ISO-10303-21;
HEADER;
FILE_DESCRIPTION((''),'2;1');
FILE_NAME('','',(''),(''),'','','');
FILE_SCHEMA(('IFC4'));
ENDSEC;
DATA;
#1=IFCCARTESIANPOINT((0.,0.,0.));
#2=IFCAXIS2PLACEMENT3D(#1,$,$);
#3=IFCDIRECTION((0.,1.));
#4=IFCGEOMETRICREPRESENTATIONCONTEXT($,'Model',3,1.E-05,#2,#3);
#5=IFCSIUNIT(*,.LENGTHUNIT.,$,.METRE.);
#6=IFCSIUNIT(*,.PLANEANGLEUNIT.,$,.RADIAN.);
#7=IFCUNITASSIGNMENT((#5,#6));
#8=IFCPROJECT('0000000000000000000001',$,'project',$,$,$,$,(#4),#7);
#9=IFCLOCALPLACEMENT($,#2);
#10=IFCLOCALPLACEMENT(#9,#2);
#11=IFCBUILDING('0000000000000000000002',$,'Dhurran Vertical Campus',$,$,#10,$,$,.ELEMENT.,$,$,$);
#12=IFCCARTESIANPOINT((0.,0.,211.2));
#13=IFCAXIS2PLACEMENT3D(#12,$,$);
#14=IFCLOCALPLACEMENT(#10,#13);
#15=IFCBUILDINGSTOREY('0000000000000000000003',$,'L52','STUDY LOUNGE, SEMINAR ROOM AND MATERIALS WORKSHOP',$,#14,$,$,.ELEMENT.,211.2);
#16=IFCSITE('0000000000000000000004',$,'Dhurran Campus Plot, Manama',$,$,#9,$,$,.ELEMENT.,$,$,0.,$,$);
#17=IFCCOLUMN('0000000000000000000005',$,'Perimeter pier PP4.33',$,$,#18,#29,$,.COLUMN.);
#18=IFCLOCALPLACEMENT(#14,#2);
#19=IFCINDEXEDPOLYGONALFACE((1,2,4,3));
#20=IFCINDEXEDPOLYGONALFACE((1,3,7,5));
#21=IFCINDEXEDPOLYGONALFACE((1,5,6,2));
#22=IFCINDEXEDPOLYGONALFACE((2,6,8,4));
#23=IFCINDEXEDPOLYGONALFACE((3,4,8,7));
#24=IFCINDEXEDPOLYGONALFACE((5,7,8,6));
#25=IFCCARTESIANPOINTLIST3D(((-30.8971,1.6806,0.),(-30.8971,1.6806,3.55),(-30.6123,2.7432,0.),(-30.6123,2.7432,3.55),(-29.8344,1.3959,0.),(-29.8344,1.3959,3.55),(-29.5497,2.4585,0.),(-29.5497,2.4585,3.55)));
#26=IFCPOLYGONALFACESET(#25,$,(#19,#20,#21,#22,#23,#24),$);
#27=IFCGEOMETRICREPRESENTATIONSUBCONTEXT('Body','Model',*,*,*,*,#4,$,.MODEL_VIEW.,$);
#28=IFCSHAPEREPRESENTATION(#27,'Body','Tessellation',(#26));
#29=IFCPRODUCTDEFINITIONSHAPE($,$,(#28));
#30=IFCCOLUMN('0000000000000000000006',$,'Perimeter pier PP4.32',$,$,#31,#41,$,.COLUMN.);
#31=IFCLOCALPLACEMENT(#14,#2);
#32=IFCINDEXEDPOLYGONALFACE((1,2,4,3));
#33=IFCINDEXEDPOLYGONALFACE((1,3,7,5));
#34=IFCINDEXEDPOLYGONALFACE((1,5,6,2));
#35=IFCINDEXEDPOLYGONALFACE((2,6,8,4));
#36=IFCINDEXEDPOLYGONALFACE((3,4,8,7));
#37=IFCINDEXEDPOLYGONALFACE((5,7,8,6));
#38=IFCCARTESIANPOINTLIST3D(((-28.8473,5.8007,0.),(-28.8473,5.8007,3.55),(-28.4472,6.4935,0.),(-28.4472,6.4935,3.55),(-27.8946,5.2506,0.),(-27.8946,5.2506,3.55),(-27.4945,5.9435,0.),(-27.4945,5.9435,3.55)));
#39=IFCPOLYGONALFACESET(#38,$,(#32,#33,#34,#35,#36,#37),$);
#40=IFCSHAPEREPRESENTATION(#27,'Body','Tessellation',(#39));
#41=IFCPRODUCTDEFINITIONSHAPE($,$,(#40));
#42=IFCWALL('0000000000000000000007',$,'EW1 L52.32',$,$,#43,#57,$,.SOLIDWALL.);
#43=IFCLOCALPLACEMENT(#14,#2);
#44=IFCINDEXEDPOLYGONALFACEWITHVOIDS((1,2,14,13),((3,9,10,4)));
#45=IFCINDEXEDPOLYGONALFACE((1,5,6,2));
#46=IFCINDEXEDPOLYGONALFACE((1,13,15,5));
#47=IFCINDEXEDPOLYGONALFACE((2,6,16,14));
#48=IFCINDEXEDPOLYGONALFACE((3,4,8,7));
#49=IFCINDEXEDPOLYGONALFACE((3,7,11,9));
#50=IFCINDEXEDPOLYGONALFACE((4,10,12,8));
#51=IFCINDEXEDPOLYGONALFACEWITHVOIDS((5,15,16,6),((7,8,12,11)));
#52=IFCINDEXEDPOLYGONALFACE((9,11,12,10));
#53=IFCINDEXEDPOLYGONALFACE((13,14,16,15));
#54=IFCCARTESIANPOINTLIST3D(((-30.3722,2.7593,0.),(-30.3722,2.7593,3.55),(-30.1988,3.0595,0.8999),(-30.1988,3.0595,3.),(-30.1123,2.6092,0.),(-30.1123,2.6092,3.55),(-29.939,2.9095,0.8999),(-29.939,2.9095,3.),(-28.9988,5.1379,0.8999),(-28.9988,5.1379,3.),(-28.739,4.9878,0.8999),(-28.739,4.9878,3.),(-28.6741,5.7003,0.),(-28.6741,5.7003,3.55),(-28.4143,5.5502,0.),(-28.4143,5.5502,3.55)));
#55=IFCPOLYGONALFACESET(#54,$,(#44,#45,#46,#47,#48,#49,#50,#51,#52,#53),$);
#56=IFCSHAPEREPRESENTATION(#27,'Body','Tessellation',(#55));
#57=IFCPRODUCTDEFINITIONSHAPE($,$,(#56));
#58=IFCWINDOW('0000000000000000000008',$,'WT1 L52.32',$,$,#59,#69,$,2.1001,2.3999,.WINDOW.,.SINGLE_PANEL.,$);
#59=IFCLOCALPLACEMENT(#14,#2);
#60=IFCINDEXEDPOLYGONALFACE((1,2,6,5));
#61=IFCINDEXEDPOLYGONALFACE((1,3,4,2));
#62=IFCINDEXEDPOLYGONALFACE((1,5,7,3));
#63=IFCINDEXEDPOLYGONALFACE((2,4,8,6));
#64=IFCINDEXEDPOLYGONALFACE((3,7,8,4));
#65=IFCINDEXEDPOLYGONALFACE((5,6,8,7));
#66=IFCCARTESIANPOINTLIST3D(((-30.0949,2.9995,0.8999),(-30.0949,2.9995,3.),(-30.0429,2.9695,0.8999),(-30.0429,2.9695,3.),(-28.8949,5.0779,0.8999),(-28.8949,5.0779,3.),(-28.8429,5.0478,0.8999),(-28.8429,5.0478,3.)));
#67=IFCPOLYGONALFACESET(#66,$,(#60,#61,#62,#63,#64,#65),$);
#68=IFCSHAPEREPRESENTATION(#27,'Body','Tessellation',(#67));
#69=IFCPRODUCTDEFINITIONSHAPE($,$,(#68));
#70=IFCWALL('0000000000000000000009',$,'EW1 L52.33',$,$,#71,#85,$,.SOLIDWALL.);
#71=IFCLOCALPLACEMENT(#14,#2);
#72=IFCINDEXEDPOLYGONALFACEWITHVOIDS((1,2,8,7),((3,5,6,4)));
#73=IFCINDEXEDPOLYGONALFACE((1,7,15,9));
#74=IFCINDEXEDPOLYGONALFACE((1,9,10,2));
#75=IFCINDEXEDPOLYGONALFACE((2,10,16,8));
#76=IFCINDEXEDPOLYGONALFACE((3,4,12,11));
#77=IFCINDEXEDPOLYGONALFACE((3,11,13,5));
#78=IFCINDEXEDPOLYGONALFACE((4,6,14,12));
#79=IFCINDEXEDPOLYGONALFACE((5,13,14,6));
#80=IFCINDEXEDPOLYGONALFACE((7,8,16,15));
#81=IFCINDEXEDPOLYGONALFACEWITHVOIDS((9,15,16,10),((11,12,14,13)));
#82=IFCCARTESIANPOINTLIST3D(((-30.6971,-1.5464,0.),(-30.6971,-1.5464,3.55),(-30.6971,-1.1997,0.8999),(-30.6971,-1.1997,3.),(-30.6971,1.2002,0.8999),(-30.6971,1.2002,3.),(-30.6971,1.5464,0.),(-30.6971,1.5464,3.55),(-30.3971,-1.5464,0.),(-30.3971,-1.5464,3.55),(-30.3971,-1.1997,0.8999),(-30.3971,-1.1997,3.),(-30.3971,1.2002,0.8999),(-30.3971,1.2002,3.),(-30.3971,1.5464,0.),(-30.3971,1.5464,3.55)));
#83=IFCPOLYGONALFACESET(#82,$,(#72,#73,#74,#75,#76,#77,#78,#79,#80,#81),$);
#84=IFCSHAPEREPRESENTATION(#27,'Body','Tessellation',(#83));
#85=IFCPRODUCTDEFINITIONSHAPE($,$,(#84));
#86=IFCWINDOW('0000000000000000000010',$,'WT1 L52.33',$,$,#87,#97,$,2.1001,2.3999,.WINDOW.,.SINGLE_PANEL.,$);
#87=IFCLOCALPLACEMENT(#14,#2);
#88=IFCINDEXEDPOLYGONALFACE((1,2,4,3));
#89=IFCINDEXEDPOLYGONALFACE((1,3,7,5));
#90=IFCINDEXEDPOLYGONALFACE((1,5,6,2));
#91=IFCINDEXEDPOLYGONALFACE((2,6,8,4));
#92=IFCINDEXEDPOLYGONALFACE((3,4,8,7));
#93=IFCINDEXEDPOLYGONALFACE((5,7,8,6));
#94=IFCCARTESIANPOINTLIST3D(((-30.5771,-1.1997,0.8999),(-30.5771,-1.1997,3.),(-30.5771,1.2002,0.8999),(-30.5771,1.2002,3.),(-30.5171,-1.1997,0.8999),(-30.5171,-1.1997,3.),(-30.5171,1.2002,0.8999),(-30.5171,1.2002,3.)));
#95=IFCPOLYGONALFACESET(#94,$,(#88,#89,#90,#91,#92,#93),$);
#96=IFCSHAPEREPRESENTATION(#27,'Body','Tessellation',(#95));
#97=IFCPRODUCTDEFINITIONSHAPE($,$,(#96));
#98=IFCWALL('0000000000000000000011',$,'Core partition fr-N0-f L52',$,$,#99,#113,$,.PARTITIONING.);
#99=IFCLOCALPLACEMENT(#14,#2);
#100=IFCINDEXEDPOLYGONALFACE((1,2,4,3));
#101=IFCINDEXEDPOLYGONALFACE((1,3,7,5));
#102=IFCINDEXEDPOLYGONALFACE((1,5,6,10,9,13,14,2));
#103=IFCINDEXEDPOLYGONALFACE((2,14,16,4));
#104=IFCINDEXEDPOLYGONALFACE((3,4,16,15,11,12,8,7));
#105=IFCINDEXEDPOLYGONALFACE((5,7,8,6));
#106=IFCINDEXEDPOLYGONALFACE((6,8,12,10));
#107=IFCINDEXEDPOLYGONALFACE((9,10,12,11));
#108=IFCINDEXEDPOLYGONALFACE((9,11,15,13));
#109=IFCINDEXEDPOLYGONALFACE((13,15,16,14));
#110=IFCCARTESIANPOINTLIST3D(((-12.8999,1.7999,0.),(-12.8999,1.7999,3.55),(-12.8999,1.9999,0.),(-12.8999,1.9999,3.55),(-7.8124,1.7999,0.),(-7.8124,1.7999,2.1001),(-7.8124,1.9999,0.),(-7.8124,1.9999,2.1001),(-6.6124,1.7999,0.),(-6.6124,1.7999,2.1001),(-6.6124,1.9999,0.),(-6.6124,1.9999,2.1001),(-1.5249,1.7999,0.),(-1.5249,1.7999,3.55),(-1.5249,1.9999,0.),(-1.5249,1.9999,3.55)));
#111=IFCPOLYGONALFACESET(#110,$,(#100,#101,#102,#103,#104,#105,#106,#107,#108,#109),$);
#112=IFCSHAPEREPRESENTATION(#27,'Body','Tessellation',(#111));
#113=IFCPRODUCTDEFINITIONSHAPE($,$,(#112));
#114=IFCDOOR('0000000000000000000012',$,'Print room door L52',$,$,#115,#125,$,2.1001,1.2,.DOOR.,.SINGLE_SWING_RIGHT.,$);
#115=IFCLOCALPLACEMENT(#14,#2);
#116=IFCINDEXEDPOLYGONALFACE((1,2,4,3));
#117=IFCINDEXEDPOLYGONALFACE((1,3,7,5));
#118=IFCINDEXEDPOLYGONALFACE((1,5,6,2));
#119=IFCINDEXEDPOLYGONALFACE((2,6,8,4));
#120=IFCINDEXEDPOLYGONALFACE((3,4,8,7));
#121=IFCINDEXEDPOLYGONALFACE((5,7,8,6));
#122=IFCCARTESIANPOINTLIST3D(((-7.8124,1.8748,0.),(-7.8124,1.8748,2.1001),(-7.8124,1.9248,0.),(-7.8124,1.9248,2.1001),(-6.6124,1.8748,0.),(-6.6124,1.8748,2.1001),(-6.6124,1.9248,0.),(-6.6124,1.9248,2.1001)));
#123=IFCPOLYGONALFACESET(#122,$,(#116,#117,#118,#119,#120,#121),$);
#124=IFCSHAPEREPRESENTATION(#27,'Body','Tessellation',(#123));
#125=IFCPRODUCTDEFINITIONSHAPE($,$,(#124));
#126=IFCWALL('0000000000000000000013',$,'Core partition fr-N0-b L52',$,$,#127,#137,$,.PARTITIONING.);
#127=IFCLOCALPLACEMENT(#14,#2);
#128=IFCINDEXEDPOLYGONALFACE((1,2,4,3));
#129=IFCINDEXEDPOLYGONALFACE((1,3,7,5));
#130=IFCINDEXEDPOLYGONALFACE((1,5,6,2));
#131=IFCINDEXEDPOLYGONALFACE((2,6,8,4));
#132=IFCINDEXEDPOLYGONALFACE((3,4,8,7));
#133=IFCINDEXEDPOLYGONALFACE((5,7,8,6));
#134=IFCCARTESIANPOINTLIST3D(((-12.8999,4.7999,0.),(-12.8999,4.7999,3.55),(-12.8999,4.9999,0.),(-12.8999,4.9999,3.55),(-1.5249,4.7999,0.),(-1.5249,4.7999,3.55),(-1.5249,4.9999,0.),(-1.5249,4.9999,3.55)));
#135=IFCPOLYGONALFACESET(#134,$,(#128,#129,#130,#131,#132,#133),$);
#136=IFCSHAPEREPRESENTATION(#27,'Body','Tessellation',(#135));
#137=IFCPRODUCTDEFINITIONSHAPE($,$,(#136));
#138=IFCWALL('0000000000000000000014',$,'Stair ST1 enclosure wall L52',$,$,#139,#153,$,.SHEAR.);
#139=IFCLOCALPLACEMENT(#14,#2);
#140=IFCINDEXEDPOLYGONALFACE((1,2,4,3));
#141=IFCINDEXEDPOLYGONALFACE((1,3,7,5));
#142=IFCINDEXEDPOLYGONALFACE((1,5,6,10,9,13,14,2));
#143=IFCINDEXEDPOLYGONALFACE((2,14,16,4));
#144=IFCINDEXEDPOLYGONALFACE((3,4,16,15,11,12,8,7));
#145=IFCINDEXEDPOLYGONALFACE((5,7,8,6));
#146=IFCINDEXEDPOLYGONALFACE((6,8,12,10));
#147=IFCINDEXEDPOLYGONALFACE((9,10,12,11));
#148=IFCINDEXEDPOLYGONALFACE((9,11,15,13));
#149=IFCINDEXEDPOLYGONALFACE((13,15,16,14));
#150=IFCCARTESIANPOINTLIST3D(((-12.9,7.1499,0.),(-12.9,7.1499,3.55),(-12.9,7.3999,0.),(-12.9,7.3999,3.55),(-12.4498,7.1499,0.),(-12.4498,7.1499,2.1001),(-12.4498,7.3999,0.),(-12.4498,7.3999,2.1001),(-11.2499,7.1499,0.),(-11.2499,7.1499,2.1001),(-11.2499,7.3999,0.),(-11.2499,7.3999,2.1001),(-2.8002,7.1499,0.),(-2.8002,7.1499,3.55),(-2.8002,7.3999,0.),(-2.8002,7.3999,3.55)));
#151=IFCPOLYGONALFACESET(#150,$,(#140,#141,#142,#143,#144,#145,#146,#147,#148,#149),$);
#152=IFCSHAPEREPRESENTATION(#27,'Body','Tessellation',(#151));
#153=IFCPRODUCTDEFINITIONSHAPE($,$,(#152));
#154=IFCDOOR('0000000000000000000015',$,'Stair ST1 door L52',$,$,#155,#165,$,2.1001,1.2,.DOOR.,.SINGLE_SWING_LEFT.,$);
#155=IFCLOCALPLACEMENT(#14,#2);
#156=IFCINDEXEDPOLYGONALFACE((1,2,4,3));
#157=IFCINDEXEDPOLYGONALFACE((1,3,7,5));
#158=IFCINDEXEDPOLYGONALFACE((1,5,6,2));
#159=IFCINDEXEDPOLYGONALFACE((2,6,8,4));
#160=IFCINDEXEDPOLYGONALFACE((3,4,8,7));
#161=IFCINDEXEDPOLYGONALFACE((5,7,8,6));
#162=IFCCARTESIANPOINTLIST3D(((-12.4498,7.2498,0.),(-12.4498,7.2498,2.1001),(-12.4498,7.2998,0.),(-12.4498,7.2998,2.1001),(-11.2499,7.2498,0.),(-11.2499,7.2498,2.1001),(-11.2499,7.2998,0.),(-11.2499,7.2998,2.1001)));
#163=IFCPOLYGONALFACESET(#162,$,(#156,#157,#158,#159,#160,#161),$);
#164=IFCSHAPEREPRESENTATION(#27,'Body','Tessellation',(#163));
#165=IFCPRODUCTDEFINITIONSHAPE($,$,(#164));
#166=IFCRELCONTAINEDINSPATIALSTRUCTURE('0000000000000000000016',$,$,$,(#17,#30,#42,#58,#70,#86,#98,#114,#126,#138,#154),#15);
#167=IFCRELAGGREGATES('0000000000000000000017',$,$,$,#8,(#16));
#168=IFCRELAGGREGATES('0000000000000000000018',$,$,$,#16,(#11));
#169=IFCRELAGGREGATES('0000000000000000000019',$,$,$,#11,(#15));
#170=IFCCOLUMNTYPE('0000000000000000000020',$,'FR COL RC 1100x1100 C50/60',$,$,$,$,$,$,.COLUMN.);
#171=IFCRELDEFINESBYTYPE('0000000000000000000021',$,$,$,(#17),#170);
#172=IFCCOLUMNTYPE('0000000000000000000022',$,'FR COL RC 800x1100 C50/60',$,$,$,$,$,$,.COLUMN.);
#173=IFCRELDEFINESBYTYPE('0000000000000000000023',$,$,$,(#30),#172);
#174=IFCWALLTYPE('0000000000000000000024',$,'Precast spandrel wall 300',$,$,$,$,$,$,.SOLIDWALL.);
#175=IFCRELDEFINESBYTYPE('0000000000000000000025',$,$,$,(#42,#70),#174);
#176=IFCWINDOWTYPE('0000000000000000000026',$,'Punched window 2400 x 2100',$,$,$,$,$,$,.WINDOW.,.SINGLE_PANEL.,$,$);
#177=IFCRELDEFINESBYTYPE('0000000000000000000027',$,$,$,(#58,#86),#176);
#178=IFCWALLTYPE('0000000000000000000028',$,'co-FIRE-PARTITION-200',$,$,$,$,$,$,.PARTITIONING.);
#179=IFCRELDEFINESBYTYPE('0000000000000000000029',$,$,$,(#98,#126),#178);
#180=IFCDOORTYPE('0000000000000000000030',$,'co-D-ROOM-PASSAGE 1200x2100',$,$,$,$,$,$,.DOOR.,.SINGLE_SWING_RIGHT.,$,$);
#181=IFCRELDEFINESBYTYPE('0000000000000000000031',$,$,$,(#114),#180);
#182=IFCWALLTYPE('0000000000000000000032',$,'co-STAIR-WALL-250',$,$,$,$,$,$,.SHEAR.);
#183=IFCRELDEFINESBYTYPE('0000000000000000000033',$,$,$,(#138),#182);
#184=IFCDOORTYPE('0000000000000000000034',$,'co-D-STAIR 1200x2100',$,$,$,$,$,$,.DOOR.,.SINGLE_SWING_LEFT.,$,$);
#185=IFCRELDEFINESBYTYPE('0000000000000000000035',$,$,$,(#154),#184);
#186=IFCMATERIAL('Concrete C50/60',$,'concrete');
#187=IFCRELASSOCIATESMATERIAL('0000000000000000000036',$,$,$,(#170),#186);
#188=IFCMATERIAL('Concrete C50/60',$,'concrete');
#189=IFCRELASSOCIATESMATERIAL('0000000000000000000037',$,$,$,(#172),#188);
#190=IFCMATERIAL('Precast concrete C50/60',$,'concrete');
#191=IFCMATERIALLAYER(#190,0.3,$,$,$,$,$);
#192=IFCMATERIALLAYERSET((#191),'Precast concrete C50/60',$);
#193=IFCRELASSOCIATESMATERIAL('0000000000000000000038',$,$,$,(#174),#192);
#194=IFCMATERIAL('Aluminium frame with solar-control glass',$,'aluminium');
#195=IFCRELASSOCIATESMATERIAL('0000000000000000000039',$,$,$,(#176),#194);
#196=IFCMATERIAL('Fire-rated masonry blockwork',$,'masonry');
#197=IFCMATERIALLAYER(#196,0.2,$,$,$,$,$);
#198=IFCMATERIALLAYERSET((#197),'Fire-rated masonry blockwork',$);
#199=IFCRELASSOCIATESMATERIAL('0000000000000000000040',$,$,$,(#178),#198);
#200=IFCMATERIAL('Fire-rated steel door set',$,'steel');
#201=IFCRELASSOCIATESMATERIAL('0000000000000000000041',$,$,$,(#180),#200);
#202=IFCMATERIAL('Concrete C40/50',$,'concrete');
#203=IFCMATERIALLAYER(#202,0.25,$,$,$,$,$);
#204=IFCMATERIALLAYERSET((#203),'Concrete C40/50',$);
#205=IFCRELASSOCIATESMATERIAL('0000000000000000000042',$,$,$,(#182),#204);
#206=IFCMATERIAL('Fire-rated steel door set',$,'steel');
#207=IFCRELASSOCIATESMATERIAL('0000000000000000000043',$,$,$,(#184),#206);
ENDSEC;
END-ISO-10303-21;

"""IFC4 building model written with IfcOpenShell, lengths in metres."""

from ifc_helpers import new_model, si_unit, direction, frame, frame_2d, origin, origin_2d, place, context, subcontext, project, spatial, rectangle, extrude, material, layer, layer_set, material_profile, profile_set, type_object, element, fill, save


model = new_model("IFC4")

# Units and contexts
model_context = context("Model", 3, precision=1e-05, world=origin(), true_north=direction((0.0, 1.0)))
body_context = subcontext(model_context, "Body", "Model", "MODEL_VIEW")
ifc_project = project(units=[si_unit("LENGTHUNIT", "METRE"), si_unit("PLANEANGLEUNIT", "RADIAN")], contexts=[model_context])

# Site, building, storey
site_placement = place(None, origin())
site = spatial("IfcSite", under=ifc_project, at=site_placement, Name="Dhurran Campus Plot, Manama", CompositionType="ELEMENT", RefElevation=0.0)
building_placement = place(site_placement, origin())
building = spatial("IfcBuilding", under=site, at=building_placement, Name="Dhurran Vertical Campus", CompositionType="ELEMENT")
storey_placement = place(building_placement, frame((0.0, 0.0, 211.2)))
storey = spatial("IfcBuildingStorey", under=building, at=storey_placement, Name="L52", Description="STUDY LOUNGE, SEMINAR ROOM AND MATERIALS WORKSHOP", CompositionType="ELEMENT", Elevation=211.2)

# Columns
ifc_material_1 = material(Name="Concrete C50/60", Category="concrete")
ifc_material_profile_1 = material_profile(ifc_material_1, rectangle(XDim=1.1001, YDim=1.1001, at=origin_2d()), Name="RC 1100x1100")
ifc_profile_set_1 = profile_set([ifc_material_profile_1], Name="Concrete C50/60")
column_type_1 = type_object("IfcColumnType", Name="FR COL RC 1100x1100 C50/60", PredefinedType="COLUMN", material=ifc_profile_set_1)
column_1_placement = place(storey_placement, frame((-30.2234, 2.0696, 0.0), z_axis=(0.0, 0.0, 1.0), x_axis=(-0.258819, -0.965926, 0.0)))
element("IfcColumn", 1, at=column_1_placement, inside=storey, type_object=column_type_1, Name="Perimeter pier PP4.33", PredefinedType="COLUMN", context=body_context, shape_type="SweptSolid", body=[
    extrude(rectangle(XDim=1.1001, YDim=1.1001, at=origin_2d()), origin(), (0.0, 0.0, 1.0), 3.55),
])
ifc_material_2 = material(Name="Concrete C50/60", Category="concrete")
ifc_material_profile_2 = material_profile(ifc_material_2, rectangle(XDim=0.8, YDim=1.1001, at=origin_2d()), Name="RC 800x1100")
ifc_profile_set_2 = profile_set([ifc_material_profile_2], Name="Concrete C50/60")
column_type_2 = type_object("IfcColumnType", Name="FR COL RC 800x1100 C50/60", PredefinedType="COLUMN", material=ifc_profile_set_2)
column_2_placement = place(storey_placement, frame((-28.1709, 5.8721, 0.0), z_axis=(0.0, 0.0, 1.0), x_axis=(-0.5, -0.866025, 0.0)))
element("IfcColumn", 2, at=column_2_placement, inside=storey, type_object=column_type_2, Name="Perimeter pier PP4.32", PredefinedType="COLUMN", context=body_context, shape_type="SweptSolid", body=[
    extrude(rectangle(XDim=0.8, YDim=1.1001, at=origin_2d()), origin(), (0.0, 0.0, 1.0), 3.55),
])

# Walls, openings, windows
ifc_material_3 = material(Name="Precast concrete C50/60", Category="concrete")
ifc_layer_1 = layer(ifc_material_3, 0.3)
ifc_layer_set_1 = layer_set([ifc_layer_1], Name="Precast concrete C50/60")
wall_type_1 = type_object("IfcWallType", Name="Precast spandrel wall 300", PredefinedType="SOLIDWALL", material=ifc_layer_set_1)
wall_1_placement = place(storey_placement, frame((-28.5442, 5.6252, 0.0), z_axis=(0.0, 0.0, 1.0), x_axis=(-0.500013, -0.866018, 0.0)))
wall_1 = element("IfcWall", 3, at=wall_1_placement, inside=storey, type_object=wall_type_1, Name="EW1 L52.32", PredefinedType="SOLIDWALL", context=body_context, shape_type="SweptSolid", body=[
    extrude(rectangle(XDim=3.396, YDim=0.3, at=frame_2d((1.698, 0.0))), origin(), (0.0, 0.0, 1.0), 3.55),
])
opening_1_placement = place(wall_1_placement, frame((0.6494, 0.0, 0.8999)))
opening_1 = element("IfcOpeningElement", 4, at=opening_1_placement, cuts=wall_1, PredefinedType="OPENING", context=body_context, shape_type="SweptSolid", body=[
    extrude(rectangle(XDim=2.3999, YDim=2.1001, at=frame_2d((1.2, 1.05))), frame((0.0, 0.1599, 0.0), z_axis=(0.0, -1.0, 0.0), x_axis=(1.0, 0.0, 0.0)), (0.0, 0.0, 1.0), 0.3201),
])
ifc_material_4 = material(Name="Aluminium frame with solar-control glass", Category="aluminium")
window_type = type_object("IfcWindowType", Name="Punched window 2400 x 2100", PartitioningType="SINGLE_PANEL", PredefinedType="WINDOW", material=ifc_material_4)
window_1_placement = place(opening_1_placement, origin())
window_1 = element("IfcWindow", 5, at=window_1_placement, inside=storey, type_object=window_type, Name="WT1 L52.32", OverallHeight=2.1001, OverallWidth=2.3999, PartitioningType="SINGLE_PANEL", PredefinedType="WINDOW", context=body_context, shape_type="SweptSolid", body=[
    extrude(rectangle(XDim=2.3999, YDim=2.1001, at=frame_2d((1.2, 1.05))), frame((0.0, 0.03, 0.0), z_axis=(0.0, -1.0, 0.0), x_axis=(1.0, 0.0, 0.0)), (0.0, 0.0, 1.0), 0.0601),
])
fill(opening_1, window_1)
wall_2_placement = place(storey_placement, frame((-30.5471, 1.5464, 0.0), z_axis=(0.0, 0.0, 1.0), x_axis=(0.0, -1.0, 0.0)))
wall_2 = element("IfcWall", 6, at=wall_2_placement, inside=storey, type_object=wall_type_1, Name="EW1 L52.33", PredefinedType="SOLIDWALL", context=body_context, shape_type="SweptSolid", body=[
    extrude(rectangle(XDim=3.0928, YDim=0.3, at=frame_2d((1.5464, 0.0))), origin(), (0.0, 0.0, 1.0), 3.55),
])
opening_2_placement = place(wall_2_placement, frame((0.3462, 0.0, 0.8999)))
opening_2 = element("IfcOpeningElement", 7, at=opening_2_placement, cuts=wall_2, PredefinedType="OPENING", context=body_context, shape_type="SweptSolid", body=[
    extrude(rectangle(XDim=2.3999, YDim=2.1001, at=frame_2d((1.2, 1.05))), frame((0.0, 0.1599, 0.0), z_axis=(0.0, -1.0, 0.0), x_axis=(1.0, 0.0, 0.0)), (0.0, 0.0, 1.0), 0.3201),
])
window_2_placement = place(opening_2_placement, origin())
window_2 = element("IfcWindow", 8, at=window_2_placement, inside=storey, type_object=window_type, Name="WT1 L52.33", OverallHeight=2.1001, OverallWidth=2.3999, PartitioningType="SINGLE_PANEL", PredefinedType="WINDOW", context=body_context, shape_type="SweptSolid", body=[
    extrude(rectangle(XDim=2.3999, YDim=2.1001, at=frame_2d((1.2, 1.05))), frame((0.0, 0.03, 0.0), z_axis=(0.0, -1.0, 0.0), x_axis=(1.0, 0.0, 0.0)), (0.0, 0.0, 1.0), 0.0601),
])
fill(opening_2, window_2)

# Wall, opening, door
ifc_material_5 = material(Name="Fire-rated masonry blockwork", Category="masonry")
ifc_layer_2 = layer(ifc_material_5, 0.2)
ifc_layer_set_2 = layer_set([ifc_layer_2], Name="Fire-rated masonry blockwork")
wall_type_2 = type_object("IfcWallType", Name="co-FIRE-PARTITION-200", PredefinedType="PARTITIONING", material=ifc_layer_set_2)
wall_3_placement = place(storey_placement, frame((-12.8999, 1.8999, 0.0), z_axis=(0.0, 0.0, 1.0), x_axis=(1.0, 0.0, 0.0)))
wall_3 = element("IfcWall", 9, at=wall_3_placement, inside=storey, type_object=wall_type_2, Name="Core partition fr-N0-f L52", PredefinedType="PARTITIONING", context=body_context, shape_type="SweptSolid", body=[
    extrude(rectangle(XDim=11.375, YDim=0.2, at=frame_2d((5.6875, 0.0))), origin(), (0.0, 0.0, 1.0), 3.55),
])
opening_3_placement = place(wall_3_placement, frame((5.0874, 0.0, 0.0)))
opening_3 = element("IfcOpeningElement", 10, at=opening_3_placement, cuts=wall_3, PredefinedType="OPENING", context=body_context, shape_type="SweptSolid", body=[
    extrude(rectangle(XDim=1.2, YDim=2.1001, at=frame_2d((0.6001, 1.05))), frame((0.0, 0.1099, 0.0), z_axis=(0.0, -1.0, 0.0), x_axis=(1.0, 0.0, 0.0)), (0.0, 0.0, 1.0), 0.22),
])
ifc_material_6 = material(Name="Fire-rated steel door set", Category="steel")
door_type_1 = type_object("IfcDoorType", Name="co-D-ROOM-PASSAGE 1200x2100", OperationType="SINGLE_SWING_RIGHT", PredefinedType="DOOR", material=ifc_material_6)
door_1_placement = place(opening_3_placement, origin())
door_1 = element("IfcDoor", 11, at=door_1_placement, inside=storey, type_object=door_type_1, Name="Print room door L52", OperationType="SINGLE_SWING_RIGHT", OverallHeight=2.1001, OverallWidth=1.2, PredefinedType="DOOR", context=body_context, shape_type="SweptSolid", body=[
    extrude(rectangle(XDim=1.2, YDim=2.1001, at=frame_2d((0.6001, 1.05))), frame((0.0, 0.0249, 0.0), z_axis=(0.0, -1.0, 0.0), x_axis=(1.0, 0.0, 0.0)), (0.0, 0.0, 1.0), 0.05),
])
fill(opening_3, door_1)

# Wall
wall_4_placement = place(storey_placement, frame((-12.8999, 4.8999, 0.0), z_axis=(0.0, 0.0, 1.0), x_axis=(1.0, 0.0, 0.0)))
element("IfcWall", 12, at=wall_4_placement, inside=storey, type_object=wall_type_2, Name="Core partition fr-N0-b L52", PredefinedType="PARTITIONING", context=body_context, shape_type="SweptSolid", body=[
    extrude(rectangle(XDim=11.375, YDim=0.2, at=frame_2d((5.6875, 0.0))), origin(), (0.0, 0.0, 1.0), 3.55),
])

# Wall, opening, door
ifc_material_7 = material(Name="Concrete C40/50", Category="concrete")
ifc_layer_3 = layer(ifc_material_7, 0.25)
ifc_layer_set_3 = layer_set([ifc_layer_3], Name="Concrete C40/50")
wall_type_3 = type_object("IfcWallType", Name="co-STAIR-WALL-250", PredefinedType="SHEAR", material=ifc_layer_set_3)
wall_5_placement = place(storey_placement, frame((-12.8999, 7.2749, 0.0), z_axis=(0.0, 0.0, 1.0), x_axis=(1.0, 0.0, 0.0)))
wall_5 = element("IfcWall", 13, at=wall_5_placement, inside=storey, type_object=wall_type_3, Name="Stair ST1 enclosure wall L52", PredefinedType="SHEAR", context=body_context, shape_type="SweptSolid", body=[
    extrude(rectangle(XDim=10.0999, YDim=0.25, at=frame_2d((5.0498, 0.0))), origin(), (0.0, 0.0, 1.0), 3.55),
])
opening_4_placement = place(wall_5_placement, frame((0.45, 0.0, 0.0)))
opening_4 = element("IfcOpeningElement", 14, at=opening_4_placement, cuts=wall_5, PredefinedType="OPENING", context=body_context, shape_type="SweptSolid", body=[
    extrude(rectangle(XDim=1.2, YDim=2.1001, at=frame_2d((0.6001, 1.05))), frame((0.0, 0.135, 0.0), z_axis=(0.0, -1.0, 0.0), x_axis=(1.0, 0.0, 0.0)), (0.0, 0.0, 1.0), 0.27),
])
ifc_material_8 = material(Name="Fire-rated steel door set", Category="steel")
door_type_2 = type_object("IfcDoorType", Name="co-D-STAIR 1200x2100", OperationType="SINGLE_SWING_LEFT", PredefinedType="DOOR", material=ifc_material_8)
door_2_placement = place(opening_4_placement, origin())
door_2 = element("IfcDoor", 15, at=door_2_placement, inside=storey, type_object=door_type_2, Name="Stair ST1 door L52", OperationType="SINGLE_SWING_LEFT", OverallHeight=2.1001, OverallWidth=1.2, PredefinedType="DOOR", context=body_context, shape_type="SweptSolid", body=[
    extrude(rectangle(XDim=1.2, YDim=2.1001, at=frame_2d((0.6001, 1.05))), frame((0.0, 0.0249, 0.0), z_axis=(0.0, -1.0, 0.0), x_axis=(1.0, 0.0, 0.0)), (0.0, 0.0, 1.0), 0.05),
])
fill(opening_4, door_2)

save(model, "model.ifc")
